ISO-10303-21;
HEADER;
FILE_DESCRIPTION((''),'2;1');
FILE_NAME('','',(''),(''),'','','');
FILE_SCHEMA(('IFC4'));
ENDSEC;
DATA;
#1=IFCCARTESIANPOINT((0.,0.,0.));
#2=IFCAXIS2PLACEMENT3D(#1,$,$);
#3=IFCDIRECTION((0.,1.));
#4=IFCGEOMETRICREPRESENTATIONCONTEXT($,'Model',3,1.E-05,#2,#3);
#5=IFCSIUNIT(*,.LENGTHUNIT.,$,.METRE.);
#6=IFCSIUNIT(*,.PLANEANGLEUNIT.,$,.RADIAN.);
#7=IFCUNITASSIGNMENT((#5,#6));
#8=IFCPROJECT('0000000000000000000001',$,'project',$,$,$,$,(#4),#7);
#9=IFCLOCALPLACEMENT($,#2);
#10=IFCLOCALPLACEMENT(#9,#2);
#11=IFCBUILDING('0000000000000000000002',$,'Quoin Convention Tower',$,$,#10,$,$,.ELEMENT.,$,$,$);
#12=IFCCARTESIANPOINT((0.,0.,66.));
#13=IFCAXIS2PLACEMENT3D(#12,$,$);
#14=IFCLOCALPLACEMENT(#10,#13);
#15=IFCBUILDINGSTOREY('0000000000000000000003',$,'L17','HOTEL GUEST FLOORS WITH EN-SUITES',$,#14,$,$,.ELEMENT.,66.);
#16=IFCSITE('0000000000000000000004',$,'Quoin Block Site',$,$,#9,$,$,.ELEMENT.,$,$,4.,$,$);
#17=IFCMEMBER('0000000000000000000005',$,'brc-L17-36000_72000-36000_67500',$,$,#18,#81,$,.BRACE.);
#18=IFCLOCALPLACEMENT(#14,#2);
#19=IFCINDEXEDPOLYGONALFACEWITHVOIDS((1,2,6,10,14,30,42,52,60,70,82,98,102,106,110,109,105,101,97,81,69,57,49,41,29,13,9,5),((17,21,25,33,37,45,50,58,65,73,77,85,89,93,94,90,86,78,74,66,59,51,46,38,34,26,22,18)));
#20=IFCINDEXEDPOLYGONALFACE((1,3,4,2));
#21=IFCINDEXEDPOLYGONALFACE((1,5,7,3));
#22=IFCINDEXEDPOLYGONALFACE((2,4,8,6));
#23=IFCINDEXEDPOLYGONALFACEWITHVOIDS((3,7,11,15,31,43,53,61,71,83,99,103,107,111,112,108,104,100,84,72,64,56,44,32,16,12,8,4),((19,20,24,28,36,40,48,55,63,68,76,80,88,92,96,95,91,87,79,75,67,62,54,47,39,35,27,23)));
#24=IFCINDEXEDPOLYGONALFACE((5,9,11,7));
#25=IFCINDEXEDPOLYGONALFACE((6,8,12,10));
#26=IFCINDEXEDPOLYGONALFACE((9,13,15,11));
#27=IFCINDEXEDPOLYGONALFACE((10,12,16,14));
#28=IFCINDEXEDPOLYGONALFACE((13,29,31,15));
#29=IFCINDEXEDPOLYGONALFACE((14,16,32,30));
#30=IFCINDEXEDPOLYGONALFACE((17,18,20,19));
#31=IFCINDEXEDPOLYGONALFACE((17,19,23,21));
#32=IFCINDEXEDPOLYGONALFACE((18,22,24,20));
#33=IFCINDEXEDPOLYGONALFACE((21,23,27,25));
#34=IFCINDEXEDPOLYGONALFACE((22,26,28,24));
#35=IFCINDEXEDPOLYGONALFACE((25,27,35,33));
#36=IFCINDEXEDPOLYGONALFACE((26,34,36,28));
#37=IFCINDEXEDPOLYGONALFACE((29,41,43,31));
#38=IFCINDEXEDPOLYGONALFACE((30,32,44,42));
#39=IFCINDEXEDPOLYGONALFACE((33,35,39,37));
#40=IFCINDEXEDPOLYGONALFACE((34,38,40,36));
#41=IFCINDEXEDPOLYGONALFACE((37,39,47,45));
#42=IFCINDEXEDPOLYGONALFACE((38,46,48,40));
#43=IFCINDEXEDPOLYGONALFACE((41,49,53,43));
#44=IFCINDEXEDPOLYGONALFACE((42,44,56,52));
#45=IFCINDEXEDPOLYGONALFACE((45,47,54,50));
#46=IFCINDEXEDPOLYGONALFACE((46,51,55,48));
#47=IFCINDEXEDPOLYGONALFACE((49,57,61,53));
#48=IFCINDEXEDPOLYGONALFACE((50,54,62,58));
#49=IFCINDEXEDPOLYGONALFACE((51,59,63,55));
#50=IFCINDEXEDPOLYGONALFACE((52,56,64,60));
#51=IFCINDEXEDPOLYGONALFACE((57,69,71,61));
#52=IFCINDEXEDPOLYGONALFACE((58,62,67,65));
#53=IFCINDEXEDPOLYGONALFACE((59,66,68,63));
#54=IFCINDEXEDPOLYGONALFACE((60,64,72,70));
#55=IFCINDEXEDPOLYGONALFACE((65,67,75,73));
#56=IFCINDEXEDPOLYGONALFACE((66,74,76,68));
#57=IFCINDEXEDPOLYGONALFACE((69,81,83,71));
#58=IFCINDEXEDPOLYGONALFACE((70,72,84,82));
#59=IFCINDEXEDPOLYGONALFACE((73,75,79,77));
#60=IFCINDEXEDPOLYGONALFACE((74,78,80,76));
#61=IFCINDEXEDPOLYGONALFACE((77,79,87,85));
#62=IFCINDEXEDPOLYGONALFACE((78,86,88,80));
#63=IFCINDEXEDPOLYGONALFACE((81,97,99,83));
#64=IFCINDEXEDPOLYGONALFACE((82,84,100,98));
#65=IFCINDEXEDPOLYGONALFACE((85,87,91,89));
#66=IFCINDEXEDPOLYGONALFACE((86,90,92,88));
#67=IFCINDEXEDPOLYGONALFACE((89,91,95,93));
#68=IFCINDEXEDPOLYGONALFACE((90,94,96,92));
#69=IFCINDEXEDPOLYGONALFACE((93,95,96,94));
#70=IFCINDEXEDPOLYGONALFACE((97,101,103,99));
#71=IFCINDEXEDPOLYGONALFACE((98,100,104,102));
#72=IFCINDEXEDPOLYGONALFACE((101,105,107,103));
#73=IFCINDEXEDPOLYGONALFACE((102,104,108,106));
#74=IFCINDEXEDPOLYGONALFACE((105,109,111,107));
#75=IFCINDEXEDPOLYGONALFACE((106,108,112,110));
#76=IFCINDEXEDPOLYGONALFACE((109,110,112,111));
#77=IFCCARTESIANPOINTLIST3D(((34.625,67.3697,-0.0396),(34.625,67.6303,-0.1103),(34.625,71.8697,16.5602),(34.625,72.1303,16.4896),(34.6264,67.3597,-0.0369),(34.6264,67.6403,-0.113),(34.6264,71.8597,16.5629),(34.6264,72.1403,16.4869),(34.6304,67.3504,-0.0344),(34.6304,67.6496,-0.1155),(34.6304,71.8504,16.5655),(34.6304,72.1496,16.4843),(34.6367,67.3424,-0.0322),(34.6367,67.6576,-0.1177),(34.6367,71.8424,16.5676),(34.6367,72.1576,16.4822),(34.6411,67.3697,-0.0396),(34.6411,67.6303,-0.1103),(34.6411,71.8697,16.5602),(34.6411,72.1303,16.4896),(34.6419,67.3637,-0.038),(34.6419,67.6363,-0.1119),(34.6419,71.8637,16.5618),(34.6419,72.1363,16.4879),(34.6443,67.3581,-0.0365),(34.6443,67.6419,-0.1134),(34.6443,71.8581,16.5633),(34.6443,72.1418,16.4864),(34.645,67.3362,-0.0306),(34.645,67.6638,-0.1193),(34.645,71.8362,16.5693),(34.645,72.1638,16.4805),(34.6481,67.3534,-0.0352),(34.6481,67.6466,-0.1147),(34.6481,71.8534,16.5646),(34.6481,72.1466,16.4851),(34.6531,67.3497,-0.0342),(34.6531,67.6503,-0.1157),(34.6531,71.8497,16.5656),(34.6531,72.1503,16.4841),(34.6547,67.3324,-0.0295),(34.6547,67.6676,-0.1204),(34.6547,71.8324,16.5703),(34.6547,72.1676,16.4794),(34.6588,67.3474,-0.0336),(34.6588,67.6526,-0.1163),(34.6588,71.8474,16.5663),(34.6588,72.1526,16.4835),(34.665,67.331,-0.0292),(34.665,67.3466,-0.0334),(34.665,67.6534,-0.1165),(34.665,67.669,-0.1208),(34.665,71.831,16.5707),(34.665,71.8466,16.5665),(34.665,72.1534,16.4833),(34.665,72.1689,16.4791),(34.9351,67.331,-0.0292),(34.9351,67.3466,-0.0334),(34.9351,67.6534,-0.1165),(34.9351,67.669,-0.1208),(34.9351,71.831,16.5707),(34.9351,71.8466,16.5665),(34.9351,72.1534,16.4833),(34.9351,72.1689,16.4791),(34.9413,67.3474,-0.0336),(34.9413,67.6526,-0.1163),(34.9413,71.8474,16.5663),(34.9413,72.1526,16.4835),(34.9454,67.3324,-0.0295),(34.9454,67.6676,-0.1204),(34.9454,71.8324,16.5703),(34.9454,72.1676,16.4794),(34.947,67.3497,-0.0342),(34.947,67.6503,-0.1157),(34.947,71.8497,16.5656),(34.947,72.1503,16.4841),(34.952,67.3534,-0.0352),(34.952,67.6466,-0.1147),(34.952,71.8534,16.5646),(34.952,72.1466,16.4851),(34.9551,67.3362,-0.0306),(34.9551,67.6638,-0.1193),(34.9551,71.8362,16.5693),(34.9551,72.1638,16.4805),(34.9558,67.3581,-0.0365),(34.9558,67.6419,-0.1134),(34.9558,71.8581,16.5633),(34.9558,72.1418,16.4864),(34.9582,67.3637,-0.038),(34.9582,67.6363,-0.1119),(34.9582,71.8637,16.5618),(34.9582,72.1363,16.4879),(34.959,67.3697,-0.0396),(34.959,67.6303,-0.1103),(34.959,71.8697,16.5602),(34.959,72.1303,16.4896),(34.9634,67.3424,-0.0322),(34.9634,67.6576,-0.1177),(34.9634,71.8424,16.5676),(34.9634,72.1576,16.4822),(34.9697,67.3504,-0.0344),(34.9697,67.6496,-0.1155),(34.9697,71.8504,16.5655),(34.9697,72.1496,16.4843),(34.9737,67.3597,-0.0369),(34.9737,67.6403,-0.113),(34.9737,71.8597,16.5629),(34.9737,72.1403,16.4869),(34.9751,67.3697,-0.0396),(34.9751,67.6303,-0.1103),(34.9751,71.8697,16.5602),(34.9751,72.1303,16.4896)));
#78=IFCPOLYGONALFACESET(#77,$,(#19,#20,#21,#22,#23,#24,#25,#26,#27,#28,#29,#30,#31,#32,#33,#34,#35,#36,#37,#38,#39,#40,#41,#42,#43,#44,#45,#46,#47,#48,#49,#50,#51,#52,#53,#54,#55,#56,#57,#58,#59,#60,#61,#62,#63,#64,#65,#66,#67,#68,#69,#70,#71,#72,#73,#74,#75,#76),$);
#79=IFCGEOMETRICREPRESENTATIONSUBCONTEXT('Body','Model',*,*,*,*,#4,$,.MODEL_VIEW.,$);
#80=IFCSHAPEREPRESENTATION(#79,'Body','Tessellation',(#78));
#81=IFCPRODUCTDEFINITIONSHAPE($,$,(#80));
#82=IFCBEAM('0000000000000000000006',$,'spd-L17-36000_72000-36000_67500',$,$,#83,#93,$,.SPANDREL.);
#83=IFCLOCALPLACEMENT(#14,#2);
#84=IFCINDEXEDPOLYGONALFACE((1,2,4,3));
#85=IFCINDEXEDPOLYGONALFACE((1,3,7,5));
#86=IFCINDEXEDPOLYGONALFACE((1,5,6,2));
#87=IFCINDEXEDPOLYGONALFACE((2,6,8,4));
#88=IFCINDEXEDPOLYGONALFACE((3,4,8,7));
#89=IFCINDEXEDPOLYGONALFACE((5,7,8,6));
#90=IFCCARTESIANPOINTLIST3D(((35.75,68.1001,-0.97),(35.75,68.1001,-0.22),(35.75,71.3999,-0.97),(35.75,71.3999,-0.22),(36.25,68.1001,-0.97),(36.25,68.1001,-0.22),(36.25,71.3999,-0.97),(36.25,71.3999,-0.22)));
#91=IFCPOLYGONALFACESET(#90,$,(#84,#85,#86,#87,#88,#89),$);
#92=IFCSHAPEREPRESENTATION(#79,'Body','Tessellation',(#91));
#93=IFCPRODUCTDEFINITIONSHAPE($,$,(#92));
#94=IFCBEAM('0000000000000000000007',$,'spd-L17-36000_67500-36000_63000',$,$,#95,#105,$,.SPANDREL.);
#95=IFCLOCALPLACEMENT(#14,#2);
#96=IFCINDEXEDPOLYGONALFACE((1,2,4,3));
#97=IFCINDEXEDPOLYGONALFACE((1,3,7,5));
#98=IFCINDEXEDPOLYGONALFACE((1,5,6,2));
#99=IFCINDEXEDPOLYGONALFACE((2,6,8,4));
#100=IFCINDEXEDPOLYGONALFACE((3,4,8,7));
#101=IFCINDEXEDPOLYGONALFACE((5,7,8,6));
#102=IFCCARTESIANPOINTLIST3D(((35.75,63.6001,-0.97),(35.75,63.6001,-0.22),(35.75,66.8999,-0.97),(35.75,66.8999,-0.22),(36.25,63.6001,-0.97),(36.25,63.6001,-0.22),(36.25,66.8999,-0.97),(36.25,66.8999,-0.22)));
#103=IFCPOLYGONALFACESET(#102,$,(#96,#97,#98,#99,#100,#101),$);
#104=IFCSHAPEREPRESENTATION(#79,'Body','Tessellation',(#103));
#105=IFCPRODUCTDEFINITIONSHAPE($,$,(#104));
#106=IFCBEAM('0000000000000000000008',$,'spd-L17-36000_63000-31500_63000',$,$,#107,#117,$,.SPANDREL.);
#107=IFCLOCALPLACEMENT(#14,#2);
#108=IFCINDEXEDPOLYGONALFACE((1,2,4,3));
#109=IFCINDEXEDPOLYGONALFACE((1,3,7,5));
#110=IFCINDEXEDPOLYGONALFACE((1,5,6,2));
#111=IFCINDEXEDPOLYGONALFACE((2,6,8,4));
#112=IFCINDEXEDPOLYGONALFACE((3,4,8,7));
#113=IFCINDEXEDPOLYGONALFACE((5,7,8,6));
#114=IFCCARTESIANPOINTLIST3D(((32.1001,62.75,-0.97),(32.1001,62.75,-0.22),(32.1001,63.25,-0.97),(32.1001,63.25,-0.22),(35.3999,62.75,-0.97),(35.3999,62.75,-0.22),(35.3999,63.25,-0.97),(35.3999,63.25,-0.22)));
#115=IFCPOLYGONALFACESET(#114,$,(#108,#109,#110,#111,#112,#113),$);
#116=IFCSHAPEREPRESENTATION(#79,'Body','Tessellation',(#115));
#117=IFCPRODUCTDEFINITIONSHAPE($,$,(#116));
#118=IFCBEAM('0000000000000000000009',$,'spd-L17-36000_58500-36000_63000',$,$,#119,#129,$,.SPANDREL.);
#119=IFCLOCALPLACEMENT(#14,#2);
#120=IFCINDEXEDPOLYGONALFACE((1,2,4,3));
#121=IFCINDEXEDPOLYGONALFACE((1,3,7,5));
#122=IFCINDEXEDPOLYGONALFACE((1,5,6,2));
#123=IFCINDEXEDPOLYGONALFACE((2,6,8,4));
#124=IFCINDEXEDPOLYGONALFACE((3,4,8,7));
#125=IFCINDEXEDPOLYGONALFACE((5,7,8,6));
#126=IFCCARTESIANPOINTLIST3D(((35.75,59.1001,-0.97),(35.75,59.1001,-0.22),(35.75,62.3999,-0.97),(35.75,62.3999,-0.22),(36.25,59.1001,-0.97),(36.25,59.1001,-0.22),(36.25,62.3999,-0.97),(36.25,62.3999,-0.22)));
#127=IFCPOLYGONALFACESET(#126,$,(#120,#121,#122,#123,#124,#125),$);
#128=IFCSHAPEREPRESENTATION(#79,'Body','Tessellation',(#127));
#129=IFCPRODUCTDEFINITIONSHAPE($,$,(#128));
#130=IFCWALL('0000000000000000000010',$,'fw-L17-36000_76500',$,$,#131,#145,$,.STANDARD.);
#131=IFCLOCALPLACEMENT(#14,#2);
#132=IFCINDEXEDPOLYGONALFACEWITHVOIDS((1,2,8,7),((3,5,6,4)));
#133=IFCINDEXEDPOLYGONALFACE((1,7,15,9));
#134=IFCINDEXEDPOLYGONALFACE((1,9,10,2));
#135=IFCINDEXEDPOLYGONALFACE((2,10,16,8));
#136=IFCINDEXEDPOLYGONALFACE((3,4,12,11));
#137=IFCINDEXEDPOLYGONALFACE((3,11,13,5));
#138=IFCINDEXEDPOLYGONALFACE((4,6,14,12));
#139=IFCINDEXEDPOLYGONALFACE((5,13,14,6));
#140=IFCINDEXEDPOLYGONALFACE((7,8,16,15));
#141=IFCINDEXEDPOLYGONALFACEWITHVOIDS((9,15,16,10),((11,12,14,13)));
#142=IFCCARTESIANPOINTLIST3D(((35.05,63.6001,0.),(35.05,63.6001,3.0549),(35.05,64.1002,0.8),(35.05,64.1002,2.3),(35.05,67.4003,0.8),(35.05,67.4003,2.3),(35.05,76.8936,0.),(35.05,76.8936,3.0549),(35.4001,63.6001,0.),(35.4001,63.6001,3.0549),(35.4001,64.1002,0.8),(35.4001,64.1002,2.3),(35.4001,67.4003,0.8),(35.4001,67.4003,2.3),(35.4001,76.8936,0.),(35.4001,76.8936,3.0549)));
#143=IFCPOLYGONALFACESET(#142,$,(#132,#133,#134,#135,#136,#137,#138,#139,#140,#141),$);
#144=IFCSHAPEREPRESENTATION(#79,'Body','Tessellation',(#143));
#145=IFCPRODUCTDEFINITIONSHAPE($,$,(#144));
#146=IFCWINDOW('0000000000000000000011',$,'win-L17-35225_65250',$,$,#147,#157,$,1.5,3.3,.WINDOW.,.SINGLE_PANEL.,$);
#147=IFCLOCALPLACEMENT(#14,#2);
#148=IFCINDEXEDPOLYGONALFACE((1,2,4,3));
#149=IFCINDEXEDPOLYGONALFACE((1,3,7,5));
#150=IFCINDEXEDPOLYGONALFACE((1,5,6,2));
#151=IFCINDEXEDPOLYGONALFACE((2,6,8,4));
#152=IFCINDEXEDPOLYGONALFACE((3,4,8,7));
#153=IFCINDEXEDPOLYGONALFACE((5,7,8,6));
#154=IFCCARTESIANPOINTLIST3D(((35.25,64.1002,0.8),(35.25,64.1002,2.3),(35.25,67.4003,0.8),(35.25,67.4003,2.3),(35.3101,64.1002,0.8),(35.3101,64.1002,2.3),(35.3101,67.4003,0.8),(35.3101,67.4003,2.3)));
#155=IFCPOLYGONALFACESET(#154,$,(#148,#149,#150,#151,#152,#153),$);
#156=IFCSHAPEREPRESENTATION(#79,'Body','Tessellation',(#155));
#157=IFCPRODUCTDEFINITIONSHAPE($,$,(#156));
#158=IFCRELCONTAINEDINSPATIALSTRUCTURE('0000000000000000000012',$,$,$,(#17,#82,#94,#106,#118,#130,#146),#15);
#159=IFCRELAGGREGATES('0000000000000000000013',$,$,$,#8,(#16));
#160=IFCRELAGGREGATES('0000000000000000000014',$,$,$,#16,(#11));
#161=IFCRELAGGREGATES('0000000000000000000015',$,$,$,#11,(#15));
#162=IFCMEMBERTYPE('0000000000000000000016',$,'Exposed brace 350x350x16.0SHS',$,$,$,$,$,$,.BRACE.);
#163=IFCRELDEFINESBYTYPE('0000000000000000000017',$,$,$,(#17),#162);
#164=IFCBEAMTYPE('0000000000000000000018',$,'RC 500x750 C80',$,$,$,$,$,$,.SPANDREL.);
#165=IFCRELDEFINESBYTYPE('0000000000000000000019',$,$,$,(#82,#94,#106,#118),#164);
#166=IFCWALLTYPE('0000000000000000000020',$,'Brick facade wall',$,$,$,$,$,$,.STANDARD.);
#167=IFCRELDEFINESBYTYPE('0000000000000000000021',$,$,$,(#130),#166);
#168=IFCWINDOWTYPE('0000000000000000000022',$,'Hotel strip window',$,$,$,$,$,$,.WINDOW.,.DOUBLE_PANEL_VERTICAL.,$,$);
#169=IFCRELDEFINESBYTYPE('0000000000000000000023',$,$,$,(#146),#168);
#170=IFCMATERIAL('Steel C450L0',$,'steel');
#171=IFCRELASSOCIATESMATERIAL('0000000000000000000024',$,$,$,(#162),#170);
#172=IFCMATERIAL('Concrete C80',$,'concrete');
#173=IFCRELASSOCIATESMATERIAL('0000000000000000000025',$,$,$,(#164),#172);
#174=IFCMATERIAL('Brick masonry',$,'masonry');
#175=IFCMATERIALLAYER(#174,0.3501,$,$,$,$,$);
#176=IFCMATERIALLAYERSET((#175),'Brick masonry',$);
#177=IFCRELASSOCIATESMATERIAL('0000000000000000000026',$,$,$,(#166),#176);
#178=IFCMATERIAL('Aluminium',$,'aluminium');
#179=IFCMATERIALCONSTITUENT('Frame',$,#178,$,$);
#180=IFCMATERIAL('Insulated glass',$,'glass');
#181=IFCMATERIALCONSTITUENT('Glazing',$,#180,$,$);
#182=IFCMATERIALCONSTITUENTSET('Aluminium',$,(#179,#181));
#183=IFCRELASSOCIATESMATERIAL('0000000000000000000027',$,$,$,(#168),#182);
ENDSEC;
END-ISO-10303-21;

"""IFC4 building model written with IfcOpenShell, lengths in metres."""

from ifc_helpers import new_model, si_unit, direction, frame, frame_2d, origin, origin_2d, place, context, subcontext, project, spatial, rectangle, hollow_rectangle, extrude, material, layer, layer_set, constituent, constituent_set, material_profile, profile_set, type_object, element, fill, save


model = new_model("IFC4")

# Units and contexts
model_context = context("Model", 3, precision=1e-05, world=origin(), true_north=direction((0.0, 1.0)))
body_context = subcontext(model_context, "Body", "Model", "MODEL_VIEW")
ifc_project = project(units=[si_unit("LENGTHUNIT", "METRE"), si_unit("PLANEANGLEUNIT", "RADIAN")], contexts=[model_context])

# Site, building, storey
site_placement = place(None, origin())
site = spatial("IfcSite", under=ifc_project, at=site_placement, Name="Quoin Block Site", CompositionType="ELEMENT", RefElevation=4.0)
building_placement = place(site_placement, origin())
building = spatial("IfcBuilding", under=site, at=building_placement, Name="Quoin Convention Tower", CompositionType="ELEMENT")
storey_placement = place(building_placement, frame((0.0, 0.0, 66.0)))
storey = spatial("IfcBuildingStorey", under=building, at=storey_placement, Name="L17", Description="HOTEL GUEST FLOORS WITH EN-SUITES", CompositionType="ELEMENT", Elevation=66.0)

# Shared definitions
ifc_material_1 = material(Name="Concrete C80", Category="concrete")

# Member
ifc_material_2 = material(Name="Steel C450L0", Category="steel")
ifc_material_profile_1 = material_profile(ifc_material_2, hollow_rectangle(XDim=0.3501, YDim=0.3501, WallThickness=0.0161, InnerFilletRadius=0.0239, OuterFilletRadius=0.04, at=origin_2d()), Name="350x350x16.0SHS")
ifc_profile_set_1 = profile_set([ifc_material_profile_1], Name="Steel C450L0")
member_type = type_object("IfcMemberType", Name="Exposed brace 350x350x16.0SHS", PredefinedType="BRACE", material=ifc_profile_set_1)
for number, where, z_axis, x_axis, name in (
    (1, (34.8, 67.5, -0.075), (0.0, 0.261643, 0.965165), (-1.0, 0.0, 0.0), "brc-L17-36000_72000-36000_67500"),
):
    element("IfcMember", number, at=place(storey_placement, frame(where, z_axis=z_axis, x_axis=x_axis)), inside=storey, type_object=member_type, Name=name, PredefinedType="BRACE", context=body_context, shape_type="SweptSolid", body=[
        extrude(hollow_rectangle(XDim=0.3501, YDim=0.3501, WallThickness=0.0161, InnerFilletRadius=0.0239, OuterFilletRadius=0.04, at=origin_2d()), origin(), (0.0, 0.0, 1.0), 17.199),
    ])

# Beams
ifc_material_profile_2 = material_profile(ifc_material_1, rectangle(XDim=0.5, YDim=0.75, at=origin_2d()), Name="RC 500x750")
ifc_profile_set_2 = profile_set([ifc_material_profile_2], Name="Concrete C80")
beam_type = type_object("IfcBeamType", Name="RC 500x750 C80", PredefinedType="SPANDREL", material=ifc_profile_set_2)
for number, where, z_axis, x_axis, name in (
    (2, (36.0, 71.3999, -0.595), (0.0, -1.0, 0.0), (1.0, 0.0, 0.0), "spd-L17-36000_72000-36000_67500"),
    (3, (36.0, 66.8999, -0.595), (0.0, -1.0, 0.0), (1.0, 0.0, 0.0), "spd-L17-36000_67500-36000_63000"),
    (4, (35.3999, 63.0, -0.595), (-1.0, 0.0, 0.0), (0.0, -1.0, 0.0), "spd-L17-36000_63000-31500_63000"),
    (5, (36.0, 59.1001, -0.595), (0.0, 1.0, 0.0), (-1.0, 0.0, 0.0), "spd-L17-36000_58500-36000_63000"),
):
    element("IfcBeam", number, at=place(storey_placement, frame(where, z_axis=z_axis, x_axis=x_axis)), inside=storey, type_object=beam_type, Name=name, PredefinedType="SPANDREL", context=body_context, shape_type="SweptSolid", body=[
        extrude(rectangle(XDim=0.5, YDim=0.75, at=origin_2d()), origin(), (0.0, 0.0, 1.0), 3.2998),
    ])

# Wall, opening, window
ifc_material_3 = material(Name="Brick masonry", Category="masonry")
ifc_layer_1 = layer(ifc_material_3, 0.3501)
ifc_layer_set_1 = layer_set([ifc_layer_1], Name="Brick masonry")
wall_type_1 = type_object("IfcWallType", Name="Brick facade wall", PredefinedType="STANDARD", material=ifc_layer_set_1)
wall_1_placement = place(storey_placement, frame((35.2251, 76.8936, 0.0), z_axis=(0.0, 0.0, 1.0), x_axis=(0.0, -1.0, 0.0)))
wall_1 = element("IfcWall", 6, at=wall_1_placement, inside=storey, type_object=wall_type_1, Name="fw-L17-36000_76500", PredefinedType="STANDARD", context=body_context, shape_type="SweptSolid", body=[
    extrude(rectangle(XDim=13.2935, YDim=0.3501, at=frame_2d((6.6467, 0.0))), origin(), (0.0, 0.0, 1.0), 3.0549),
])
opening_1_placement = place(wall_1_placement, frame((9.4934, 0.0, 0.8)))
opening_1 = element("IfcOpeningElement", 7, at=opening_1_placement, cuts=wall_1, PredefinedType="OPENING", context=body_context, shape_type="SweptSolid", body=[
    extrude(rectangle(XDim=3.3, YDim=1.5, at=frame_2d((1.6499, 0.75))), frame((0.0, 0.1851, 0.0), z_axis=(0.0, -1.0, 0.0), x_axis=(1.0, 0.0, 0.0)), (0.0, 0.0, 1.0), 0.3701),
])
ifc_material_4 = material(Name="Aluminium", Category="aluminium")
ifc_constituent_1 = constituent(ifc_material_4, Name="Frame")
ifc_material_5 = material(Name="Insulated glass", Category="glass")
ifc_constituent_2 = constituent(ifc_material_5, Name="Glazing")
ifc_constituent_set = constituent_set(constituents=[ifc_constituent_1, ifc_constituent_2], Name="Aluminium")
window_type = type_object("IfcWindowType", Name="Hotel strip window", PartitioningType="DOUBLE_PANEL_VERTICAL", PredefinedType="WINDOW", material=ifc_constituent_set)
window_1_placement = place(opening_1_placement, origin())
window_1 = element("IfcWindow", 8, at=window_1_placement, inside=storey, type_object=window_type, Name="win-L17-35225_65250", OverallHeight=1.5, OverallWidth=3.3, PartitioningType="SINGLE_PANEL", PredefinedType="WINDOW", context=body_context, shape_type="SweptSolid", body=[
    extrude(rectangle(XDim=3.3, YDim=1.5, at=frame_2d((1.6499, 0.75))), frame((0.0, 0.085, 0.0), z_axis=(0.0, -1.0, 0.0), x_axis=(1.0, 0.0, 0.0)), (0.0, 0.0, 1.0), 0.0601),
])
fill(opening_1, window_1)

save(model, "model.ifc")
